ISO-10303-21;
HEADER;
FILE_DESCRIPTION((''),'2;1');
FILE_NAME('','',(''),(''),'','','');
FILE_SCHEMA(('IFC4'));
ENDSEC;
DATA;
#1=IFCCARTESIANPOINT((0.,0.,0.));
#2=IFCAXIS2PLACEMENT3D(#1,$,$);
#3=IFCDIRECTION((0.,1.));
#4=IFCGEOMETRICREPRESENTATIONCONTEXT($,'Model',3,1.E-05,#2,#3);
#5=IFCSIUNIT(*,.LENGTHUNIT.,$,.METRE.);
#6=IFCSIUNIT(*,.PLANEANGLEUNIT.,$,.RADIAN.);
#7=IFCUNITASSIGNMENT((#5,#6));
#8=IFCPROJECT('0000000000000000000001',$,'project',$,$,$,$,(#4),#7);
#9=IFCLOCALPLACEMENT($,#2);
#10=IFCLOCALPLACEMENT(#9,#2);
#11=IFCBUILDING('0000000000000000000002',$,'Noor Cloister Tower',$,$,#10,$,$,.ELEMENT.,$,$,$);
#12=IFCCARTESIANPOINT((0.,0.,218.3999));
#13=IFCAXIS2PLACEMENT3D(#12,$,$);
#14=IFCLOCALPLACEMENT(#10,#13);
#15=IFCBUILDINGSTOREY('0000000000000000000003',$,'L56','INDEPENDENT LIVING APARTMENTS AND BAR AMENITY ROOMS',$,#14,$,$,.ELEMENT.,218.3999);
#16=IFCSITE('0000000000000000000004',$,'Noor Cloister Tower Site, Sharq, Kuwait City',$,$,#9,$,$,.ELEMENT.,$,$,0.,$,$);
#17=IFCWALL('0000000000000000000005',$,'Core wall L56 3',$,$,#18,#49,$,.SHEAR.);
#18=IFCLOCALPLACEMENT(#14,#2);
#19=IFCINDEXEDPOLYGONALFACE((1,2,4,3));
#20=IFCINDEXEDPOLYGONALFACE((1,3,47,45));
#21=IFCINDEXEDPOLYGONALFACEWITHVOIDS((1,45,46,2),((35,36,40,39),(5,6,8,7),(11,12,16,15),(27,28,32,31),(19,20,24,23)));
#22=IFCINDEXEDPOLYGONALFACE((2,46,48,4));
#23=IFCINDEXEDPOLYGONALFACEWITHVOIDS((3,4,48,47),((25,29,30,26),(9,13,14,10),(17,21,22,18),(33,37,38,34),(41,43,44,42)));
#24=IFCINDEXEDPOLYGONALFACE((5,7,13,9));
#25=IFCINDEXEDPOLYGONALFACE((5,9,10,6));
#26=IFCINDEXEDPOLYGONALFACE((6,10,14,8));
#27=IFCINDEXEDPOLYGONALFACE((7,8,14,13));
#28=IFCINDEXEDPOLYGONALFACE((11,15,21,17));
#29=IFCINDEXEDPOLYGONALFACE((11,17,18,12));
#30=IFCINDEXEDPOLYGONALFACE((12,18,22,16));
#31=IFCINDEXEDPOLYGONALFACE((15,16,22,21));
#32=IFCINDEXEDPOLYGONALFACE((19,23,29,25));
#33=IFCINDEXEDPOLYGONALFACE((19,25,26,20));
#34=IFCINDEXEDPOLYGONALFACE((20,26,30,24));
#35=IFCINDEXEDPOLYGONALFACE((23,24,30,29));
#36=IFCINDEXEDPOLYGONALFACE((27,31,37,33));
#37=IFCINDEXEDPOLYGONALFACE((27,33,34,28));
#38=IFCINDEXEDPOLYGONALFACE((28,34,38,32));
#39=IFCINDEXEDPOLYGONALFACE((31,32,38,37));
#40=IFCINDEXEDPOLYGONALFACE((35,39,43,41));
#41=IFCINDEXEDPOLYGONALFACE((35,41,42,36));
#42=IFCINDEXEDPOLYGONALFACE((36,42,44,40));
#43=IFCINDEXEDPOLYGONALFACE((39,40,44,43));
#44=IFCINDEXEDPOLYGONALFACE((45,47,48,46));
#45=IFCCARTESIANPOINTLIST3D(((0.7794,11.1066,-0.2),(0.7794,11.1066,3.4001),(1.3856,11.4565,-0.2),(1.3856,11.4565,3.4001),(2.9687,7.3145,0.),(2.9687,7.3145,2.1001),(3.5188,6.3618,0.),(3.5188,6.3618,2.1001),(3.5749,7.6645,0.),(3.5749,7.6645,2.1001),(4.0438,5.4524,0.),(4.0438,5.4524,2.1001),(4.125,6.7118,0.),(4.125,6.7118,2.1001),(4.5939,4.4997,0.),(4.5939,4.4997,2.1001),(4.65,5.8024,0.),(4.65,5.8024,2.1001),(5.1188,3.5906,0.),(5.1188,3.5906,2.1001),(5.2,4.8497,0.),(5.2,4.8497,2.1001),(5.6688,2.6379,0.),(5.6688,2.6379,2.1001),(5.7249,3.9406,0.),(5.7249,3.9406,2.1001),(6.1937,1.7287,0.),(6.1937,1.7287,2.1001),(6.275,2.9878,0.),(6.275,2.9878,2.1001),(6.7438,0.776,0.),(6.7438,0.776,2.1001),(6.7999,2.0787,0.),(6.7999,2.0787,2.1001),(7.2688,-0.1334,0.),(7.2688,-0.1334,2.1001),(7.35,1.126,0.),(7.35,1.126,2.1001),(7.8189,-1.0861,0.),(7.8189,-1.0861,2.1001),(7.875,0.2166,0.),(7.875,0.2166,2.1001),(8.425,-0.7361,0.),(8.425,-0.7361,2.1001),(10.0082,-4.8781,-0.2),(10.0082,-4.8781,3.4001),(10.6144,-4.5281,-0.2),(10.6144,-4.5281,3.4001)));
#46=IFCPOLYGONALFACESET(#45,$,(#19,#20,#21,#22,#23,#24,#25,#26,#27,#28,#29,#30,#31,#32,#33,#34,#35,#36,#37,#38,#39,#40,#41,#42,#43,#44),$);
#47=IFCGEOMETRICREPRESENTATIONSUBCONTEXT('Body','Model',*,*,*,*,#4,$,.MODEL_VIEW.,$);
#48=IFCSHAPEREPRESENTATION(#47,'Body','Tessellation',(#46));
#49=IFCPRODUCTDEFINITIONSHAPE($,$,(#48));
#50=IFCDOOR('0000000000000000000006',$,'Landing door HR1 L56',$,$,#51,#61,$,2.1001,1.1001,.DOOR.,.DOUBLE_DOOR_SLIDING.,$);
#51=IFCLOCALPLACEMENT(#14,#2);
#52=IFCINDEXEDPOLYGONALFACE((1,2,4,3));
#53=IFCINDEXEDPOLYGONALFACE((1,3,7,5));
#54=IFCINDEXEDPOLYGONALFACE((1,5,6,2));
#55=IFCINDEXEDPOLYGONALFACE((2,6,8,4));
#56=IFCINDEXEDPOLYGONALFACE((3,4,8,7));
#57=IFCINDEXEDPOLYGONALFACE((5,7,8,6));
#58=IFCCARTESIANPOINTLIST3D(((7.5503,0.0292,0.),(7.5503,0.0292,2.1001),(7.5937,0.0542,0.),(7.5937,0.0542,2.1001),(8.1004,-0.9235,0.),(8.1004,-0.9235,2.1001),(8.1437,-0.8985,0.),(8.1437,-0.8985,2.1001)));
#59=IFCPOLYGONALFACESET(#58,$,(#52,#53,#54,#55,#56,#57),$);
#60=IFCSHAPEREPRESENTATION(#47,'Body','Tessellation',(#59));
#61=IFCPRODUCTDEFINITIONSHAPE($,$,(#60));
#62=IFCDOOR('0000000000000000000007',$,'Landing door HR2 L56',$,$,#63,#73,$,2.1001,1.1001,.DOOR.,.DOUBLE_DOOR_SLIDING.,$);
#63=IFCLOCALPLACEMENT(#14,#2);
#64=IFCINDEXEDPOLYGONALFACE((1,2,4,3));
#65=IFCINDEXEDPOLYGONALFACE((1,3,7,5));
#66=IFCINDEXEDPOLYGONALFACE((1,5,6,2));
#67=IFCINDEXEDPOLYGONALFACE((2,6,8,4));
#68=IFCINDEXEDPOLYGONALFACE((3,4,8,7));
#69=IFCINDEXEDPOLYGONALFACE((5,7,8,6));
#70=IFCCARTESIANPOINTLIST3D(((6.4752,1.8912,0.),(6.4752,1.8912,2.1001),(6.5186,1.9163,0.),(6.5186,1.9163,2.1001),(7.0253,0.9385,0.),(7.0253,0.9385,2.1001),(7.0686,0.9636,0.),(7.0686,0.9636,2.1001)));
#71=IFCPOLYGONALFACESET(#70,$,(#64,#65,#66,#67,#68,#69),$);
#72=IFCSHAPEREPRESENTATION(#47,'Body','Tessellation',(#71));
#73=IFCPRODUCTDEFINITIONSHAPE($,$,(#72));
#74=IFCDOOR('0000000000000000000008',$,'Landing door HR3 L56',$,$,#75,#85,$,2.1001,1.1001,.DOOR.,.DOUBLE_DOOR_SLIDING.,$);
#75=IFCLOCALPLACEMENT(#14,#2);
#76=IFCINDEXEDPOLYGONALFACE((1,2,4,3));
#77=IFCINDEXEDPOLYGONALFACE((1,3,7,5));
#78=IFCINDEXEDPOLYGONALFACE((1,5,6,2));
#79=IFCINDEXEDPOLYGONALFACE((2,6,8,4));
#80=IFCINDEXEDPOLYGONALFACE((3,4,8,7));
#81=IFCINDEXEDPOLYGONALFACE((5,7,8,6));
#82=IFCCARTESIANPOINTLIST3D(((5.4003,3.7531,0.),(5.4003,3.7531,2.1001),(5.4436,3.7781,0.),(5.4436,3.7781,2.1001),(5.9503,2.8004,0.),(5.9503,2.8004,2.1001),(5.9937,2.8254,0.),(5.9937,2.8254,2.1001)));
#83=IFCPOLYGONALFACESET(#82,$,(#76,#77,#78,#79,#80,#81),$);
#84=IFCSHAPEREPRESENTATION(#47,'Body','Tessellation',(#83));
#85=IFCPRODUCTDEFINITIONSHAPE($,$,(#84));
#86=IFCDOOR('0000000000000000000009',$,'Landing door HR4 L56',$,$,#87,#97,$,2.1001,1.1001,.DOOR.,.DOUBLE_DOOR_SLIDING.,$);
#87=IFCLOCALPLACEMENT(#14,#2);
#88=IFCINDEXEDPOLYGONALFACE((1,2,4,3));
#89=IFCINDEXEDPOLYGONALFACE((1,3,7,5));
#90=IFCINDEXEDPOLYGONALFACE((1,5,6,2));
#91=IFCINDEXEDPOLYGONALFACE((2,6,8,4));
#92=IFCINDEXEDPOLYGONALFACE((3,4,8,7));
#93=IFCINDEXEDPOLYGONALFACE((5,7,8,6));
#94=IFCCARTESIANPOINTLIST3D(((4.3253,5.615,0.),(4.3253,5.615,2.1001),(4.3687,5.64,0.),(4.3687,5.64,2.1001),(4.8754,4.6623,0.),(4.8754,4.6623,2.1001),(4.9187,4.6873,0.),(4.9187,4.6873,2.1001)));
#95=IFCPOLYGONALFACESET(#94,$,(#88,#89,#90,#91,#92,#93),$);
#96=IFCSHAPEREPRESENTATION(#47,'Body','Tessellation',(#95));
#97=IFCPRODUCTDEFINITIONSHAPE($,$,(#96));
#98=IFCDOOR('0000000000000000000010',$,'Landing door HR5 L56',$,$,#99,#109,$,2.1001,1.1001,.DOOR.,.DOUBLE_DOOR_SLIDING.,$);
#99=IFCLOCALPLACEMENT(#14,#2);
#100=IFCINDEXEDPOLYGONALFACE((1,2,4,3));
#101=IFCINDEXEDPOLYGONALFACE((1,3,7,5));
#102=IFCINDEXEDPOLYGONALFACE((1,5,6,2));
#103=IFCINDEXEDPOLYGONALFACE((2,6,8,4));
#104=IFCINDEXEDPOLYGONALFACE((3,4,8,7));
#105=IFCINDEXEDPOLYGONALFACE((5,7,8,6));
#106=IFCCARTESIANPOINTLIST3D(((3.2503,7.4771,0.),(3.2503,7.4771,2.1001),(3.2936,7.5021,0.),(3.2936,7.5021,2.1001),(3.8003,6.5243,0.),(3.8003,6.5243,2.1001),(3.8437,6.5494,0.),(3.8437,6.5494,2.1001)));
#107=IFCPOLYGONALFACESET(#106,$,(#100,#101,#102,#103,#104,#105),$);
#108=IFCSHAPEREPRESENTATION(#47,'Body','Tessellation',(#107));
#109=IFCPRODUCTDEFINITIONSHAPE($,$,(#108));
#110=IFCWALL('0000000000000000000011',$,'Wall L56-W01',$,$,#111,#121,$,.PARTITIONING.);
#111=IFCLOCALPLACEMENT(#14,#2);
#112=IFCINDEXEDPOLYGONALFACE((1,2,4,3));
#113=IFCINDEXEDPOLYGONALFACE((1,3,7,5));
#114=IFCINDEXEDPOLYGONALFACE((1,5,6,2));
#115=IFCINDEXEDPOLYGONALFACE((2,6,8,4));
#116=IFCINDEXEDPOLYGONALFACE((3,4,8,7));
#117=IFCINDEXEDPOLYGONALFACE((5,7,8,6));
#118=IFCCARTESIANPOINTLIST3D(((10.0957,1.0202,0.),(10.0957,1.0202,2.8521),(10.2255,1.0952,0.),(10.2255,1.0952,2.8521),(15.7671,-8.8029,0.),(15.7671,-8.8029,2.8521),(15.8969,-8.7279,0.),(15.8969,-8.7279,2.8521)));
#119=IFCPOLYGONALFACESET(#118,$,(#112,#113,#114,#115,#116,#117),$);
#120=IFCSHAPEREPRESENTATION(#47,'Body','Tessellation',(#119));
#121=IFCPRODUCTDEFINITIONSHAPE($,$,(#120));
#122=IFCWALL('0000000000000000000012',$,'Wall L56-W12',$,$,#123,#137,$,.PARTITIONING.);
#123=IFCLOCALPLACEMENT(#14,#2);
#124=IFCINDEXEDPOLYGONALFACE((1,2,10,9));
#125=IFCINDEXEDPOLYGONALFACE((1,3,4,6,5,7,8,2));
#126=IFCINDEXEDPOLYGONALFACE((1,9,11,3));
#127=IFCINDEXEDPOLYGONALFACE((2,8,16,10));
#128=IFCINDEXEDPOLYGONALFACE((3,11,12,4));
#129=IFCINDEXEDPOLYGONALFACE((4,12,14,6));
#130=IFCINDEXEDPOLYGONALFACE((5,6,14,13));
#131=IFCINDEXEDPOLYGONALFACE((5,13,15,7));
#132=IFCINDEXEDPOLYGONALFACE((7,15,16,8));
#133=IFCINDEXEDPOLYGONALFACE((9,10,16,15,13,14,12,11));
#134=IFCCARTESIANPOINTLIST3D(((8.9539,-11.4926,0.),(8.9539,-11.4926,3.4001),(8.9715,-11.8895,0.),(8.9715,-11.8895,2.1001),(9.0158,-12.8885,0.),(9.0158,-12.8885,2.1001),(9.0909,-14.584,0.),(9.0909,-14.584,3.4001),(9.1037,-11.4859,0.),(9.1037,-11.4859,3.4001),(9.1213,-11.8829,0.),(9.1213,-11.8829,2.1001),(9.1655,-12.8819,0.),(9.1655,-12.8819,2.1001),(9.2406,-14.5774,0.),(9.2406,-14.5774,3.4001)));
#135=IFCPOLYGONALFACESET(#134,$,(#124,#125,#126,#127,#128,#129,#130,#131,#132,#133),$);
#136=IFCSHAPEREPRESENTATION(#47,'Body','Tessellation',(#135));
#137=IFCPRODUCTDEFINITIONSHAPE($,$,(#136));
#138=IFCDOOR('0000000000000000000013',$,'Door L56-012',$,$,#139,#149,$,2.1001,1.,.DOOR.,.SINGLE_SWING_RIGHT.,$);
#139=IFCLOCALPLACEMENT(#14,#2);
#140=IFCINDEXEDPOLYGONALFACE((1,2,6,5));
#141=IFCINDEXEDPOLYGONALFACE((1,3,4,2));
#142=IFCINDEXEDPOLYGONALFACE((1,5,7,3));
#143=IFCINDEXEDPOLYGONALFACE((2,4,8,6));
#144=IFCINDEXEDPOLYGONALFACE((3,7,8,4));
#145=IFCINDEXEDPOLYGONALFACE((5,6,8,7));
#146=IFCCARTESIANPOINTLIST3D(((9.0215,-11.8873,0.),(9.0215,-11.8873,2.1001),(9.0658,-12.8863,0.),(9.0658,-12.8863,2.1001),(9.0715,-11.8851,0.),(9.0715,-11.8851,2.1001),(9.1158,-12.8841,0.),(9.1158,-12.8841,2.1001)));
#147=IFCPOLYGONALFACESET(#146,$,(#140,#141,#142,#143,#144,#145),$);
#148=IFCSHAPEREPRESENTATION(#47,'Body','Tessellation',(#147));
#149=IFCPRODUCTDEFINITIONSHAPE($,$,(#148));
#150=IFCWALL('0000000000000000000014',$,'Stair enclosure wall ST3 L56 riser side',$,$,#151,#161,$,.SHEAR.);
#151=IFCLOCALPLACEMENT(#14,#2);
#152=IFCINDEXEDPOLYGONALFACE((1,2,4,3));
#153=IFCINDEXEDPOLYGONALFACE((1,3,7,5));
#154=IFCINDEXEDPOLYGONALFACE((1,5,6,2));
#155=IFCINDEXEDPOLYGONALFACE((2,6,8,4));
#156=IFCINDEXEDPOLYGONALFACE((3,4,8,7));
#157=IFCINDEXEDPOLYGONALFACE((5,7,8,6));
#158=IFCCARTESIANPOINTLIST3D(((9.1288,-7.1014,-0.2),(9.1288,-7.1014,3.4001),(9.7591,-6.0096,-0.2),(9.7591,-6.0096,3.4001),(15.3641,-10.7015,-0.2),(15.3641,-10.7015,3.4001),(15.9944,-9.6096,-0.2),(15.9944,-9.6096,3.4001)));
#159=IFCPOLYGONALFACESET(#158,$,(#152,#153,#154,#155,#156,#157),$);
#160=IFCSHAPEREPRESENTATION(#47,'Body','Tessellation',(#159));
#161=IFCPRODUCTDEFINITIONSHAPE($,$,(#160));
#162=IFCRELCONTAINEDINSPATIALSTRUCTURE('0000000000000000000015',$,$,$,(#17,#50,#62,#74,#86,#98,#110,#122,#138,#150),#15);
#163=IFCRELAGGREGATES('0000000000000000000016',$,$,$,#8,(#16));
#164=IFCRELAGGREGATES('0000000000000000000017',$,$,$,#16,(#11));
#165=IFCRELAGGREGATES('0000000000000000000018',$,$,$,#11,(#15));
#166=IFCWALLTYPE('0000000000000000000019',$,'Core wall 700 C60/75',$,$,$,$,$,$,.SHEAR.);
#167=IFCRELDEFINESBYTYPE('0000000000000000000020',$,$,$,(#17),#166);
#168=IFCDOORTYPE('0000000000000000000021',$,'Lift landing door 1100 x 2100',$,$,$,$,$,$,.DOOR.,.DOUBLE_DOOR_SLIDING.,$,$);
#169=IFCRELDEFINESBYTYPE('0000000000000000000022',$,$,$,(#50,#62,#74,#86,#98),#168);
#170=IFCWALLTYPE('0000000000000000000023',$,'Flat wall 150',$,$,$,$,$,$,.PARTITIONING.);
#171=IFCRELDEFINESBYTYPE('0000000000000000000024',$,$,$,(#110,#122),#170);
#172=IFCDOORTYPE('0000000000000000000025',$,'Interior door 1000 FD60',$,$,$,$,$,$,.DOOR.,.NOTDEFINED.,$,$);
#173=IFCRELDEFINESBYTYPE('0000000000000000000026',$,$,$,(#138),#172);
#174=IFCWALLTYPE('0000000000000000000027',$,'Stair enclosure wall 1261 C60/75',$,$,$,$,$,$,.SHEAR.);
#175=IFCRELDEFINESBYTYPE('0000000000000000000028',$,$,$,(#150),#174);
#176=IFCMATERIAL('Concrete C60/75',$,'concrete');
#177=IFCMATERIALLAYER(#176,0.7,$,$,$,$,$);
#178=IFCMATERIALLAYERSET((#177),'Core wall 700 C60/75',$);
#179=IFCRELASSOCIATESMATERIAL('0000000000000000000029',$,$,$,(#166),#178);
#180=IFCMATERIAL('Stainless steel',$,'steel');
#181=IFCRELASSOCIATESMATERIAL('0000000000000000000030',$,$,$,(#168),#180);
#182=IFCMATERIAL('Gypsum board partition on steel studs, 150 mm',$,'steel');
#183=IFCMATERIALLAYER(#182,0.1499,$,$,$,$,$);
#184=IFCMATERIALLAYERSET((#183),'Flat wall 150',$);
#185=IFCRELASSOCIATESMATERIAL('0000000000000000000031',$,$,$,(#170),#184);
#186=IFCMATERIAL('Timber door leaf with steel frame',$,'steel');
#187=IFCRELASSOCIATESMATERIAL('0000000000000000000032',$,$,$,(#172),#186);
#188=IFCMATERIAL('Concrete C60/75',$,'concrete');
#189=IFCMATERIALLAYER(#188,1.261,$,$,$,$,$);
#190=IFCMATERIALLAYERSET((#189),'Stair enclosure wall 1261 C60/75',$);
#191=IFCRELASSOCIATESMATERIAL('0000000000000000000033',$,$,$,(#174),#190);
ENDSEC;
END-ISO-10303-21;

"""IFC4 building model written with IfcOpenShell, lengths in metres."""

from ifc_helpers import new_model, si_unit, direction, frame, frame_2d, origin, place, context, subcontext, project, spatial, rectangle, extrude, material, layer, layer_set, type_object, element, fill, save


model = new_model("IFC4")

# Units and contexts
model_context = context("Model", 3, precision=1e-05, world=origin(), true_north=direction((0.0, 1.0)))
body_context = subcontext(model_context, "Body", "Model", "MODEL_VIEW")
ifc_project = project(units=[si_unit("LENGTHUNIT", "METRE"), si_unit("PLANEANGLEUNIT", "RADIAN")], contexts=[model_context])

# Site, building, storey
site_placement = place(None, origin())
site = spatial("IfcSite", under=ifc_project, at=site_placement, Name="Noor Cloister Tower Site, Sharq, Kuwait City", CompositionType="ELEMENT", RefElevation=0.0)
building_placement = place(site_placement, origin())
building = spatial("IfcBuilding", under=site, at=building_placement, Name="Noor Cloister Tower", CompositionType="ELEMENT")
storey_placement = place(building_placement, frame((0.0, 0.0, 218.3999)))
storey = spatial("IfcBuildingStorey", under=building, at=storey_placement, Name="L56", Description="INDEPENDENT LIVING APARTMENTS AND BAR AMENITY ROOMS", CompositionType="ELEMENT", Elevation=218.3999)

# Wall, openings, doors
ifc_material_1 = material(Name="Concrete C60/75", Category="concrete")
ifc_layer_1 = layer(ifc_material_1, 0.7)
ifc_layer_set_1 = layer_set([ifc_layer_1], Name="Core wall 700 C60/75")
wall_type_1 = type_object("IfcWallType", Name="Core wall 700 C60/75", PredefinedType="SHEAR", material=ifc_layer_set_1)
wall_1_placement = place(storey_placement, frame((10.3113, -4.7031, -0.2), z_axis=(0.0, 0.0, 1.0), x_axis=(-0.500001, 0.866025, 0.0)))
wall_1 = element("IfcWall", 1, at=wall_1_placement, inside=storey, type_object=wall_type_1, Name="Core wall L56 3", PredefinedType="SHEAR", context=body_context, shape_type="SweptSolid", body=[
    extrude(rectangle(XDim=18.4575, YDim=0.7, at=frame_2d((9.2288, 0.0))), origin(), (0.0, 0.0, 1.0), 3.6001),
])
opening_1_placement = place(wall_1_placement, frame((4.3787, 0.0, 0.2)))
opening_1 = element("IfcOpeningElement", 2, at=opening_1_placement, cuts=wall_1, PredefinedType="OPENING", context=body_context, shape_type="SweptSolid", body=[
    extrude(rectangle(XDim=1.1001, YDim=2.1001, at=frame_2d((0.55, 1.05))), frame((0.0, 0.3599, 0.0), z_axis=(0.0, -1.0, 0.0), x_axis=(1.0, 0.0, 0.0)), (0.0, 0.0, 1.0), 0.72),
])
opening_2_placement = place(wall_1_placement, frame((6.5288, 0.0, 0.2)))
opening_2 = element("IfcOpeningElement", 3, at=opening_2_placement, cuts=wall_1, PredefinedType="OPENING", context=body_context, shape_type="SweptSolid", body=[
    extrude(rectangle(XDim=1.1001, YDim=2.1001, at=frame_2d((0.55, 1.05))), frame((0.0, 0.3599, 0.0), z_axis=(0.0, -1.0, 0.0), x_axis=(1.0, 0.0, 0.0)), (0.0, 0.0, 1.0), 0.72),
])
opening_3_placement = place(wall_1_placement, frame((8.6787, 0.0, 0.2)))
opening_3 = element("IfcOpeningElement", 4, at=opening_3_placement, cuts=wall_1, PredefinedType="OPENING", context=body_context, shape_type="SweptSolid", body=[
    extrude(rectangle(XDim=1.1001, YDim=2.1001, at=frame_2d((0.55, 1.05))), frame((0.0, 0.3599, 0.0), z_axis=(0.0, -1.0, 0.0), x_axis=(1.0, 0.0, 0.0)), (0.0, 0.0, 1.0), 0.72),
])
opening_4_placement = place(wall_1_placement, frame((10.8286, 0.0, 0.2)))
opening_4 = element("IfcOpeningElement", 5, at=opening_4_placement, cuts=wall_1, PredefinedType="OPENING", context=body_context, shape_type="SweptSolid", body=[
    extrude(rectangle(XDim=1.1001, YDim=2.1001, at=frame_2d((0.55, 1.05))), frame((0.0, 0.3599, 0.0), z_axis=(0.0, -1.0, 0.0), x_axis=(1.0, 0.0, 0.0)), (0.0, 0.0, 1.0), 0.72),
])
opening_5_placement = place(wall_1_placement, frame((12.9788, 0.0, 0.2)))
opening_5 = element("IfcOpeningElement", 6, at=opening_5_placement, cuts=wall_1, PredefinedType="OPENING", context=body_context, shape_type="SweptSolid", body=[
    extrude(rectangle(XDim=1.1001, YDim=2.1001, at=frame_2d((0.55, 1.05))), frame((0.0, 0.3599, 0.0), z_axis=(0.0, -1.0, 0.0), x_axis=(1.0, 0.0, 0.0)), (0.0, 0.0, 1.0), 0.72),
])
ifc_material_2 = material(Name="Stainless steel", Category="steel")
door_type_1 = type_object("IfcDoorType", Name="Lift landing door 1100 x 2100", OperationType="DOUBLE_DOOR_SLIDING", PredefinedType="DOOR", material=ifc_material_2)
door_1_placement = place(opening_1_placement, origin())
door_1 = element("IfcDoor", 7, at=door_1_placement, inside=storey, type_object=door_type_1, Name="Landing door HR1 L56", OperationType="DOUBLE_DOOR_SLIDING", OverallHeight=2.1001, OverallWidth=1.1001, PredefinedType="DOOR", context=body_context, shape_type="SweptSolid", body=[
    extrude(rectangle(XDim=1.1001, YDim=2.1001, at=frame_2d((0.55, 1.05))), frame((0.0, 0.0249, 0.0), z_axis=(0.0, -1.0, 0.0), x_axis=(1.0, 0.0, 0.0)), (0.0, 0.0, 1.0), 0.05),
])
fill(opening_1, door_1)
door_2_placement = place(opening_2_placement, origin())
door_2 = element("IfcDoor", 8, at=door_2_placement, inside=storey, type_object=door_type_1, Name="Landing door HR2 L56", OperationType="DOUBLE_DOOR_SLIDING", OverallHeight=2.1001, OverallWidth=1.1001, PredefinedType="DOOR", context=body_context, shape_type="SweptSolid", body=[
    extrude(rectangle(XDim=1.1001, YDim=2.1001, at=frame_2d((0.55, 1.05))), frame((0.0, 0.0249, 0.0), z_axis=(0.0, -1.0, 0.0), x_axis=(1.0, 0.0, 0.0)), (0.0, 0.0, 1.0), 0.05),
])
fill(opening_2, door_2)
door_3_placement = place(opening_3_placement, origin())
door_3 = element("IfcDoor", 9, at=door_3_placement, inside=storey, type_object=door_type_1, Name="Landing door HR3 L56", OperationType="DOUBLE_DOOR_SLIDING", OverallHeight=2.1001, OverallWidth=1.1001, PredefinedType="DOOR", context=body_context, shape_type="SweptSolid", body=[
    extrude(rectangle(XDim=1.1001, YDim=2.1001, at=frame_2d((0.55, 1.05))), frame((0.0, 0.0249, 0.0), z_axis=(0.0, -1.0, 0.0), x_axis=(1.0, 0.0, 0.0)), (0.0, 0.0, 1.0), 0.05),
])
fill(opening_3, door_3)
door_4_placement = place(opening_4_placement, origin())
door_4 = element("IfcDoor", 10, at=door_4_placement, inside=storey, type_object=door_type_1, Name="Landing door HR4 L56", OperationType="DOUBLE_DOOR_SLIDING", OverallHeight=2.1001, OverallWidth=1.1001, PredefinedType="DOOR", context=body_context, shape_type="SweptSolid", body=[
    extrude(rectangle(XDim=1.1001, YDim=2.1001, at=frame_2d((0.55, 1.05))), frame((0.0, 0.0249, 0.0), z_axis=(0.0, -1.0, 0.0), x_axis=(1.0, 0.0, 0.0)), (0.0, 0.0, 1.0), 0.05),
])
fill(opening_4, door_4)
door_5_placement = place(opening_5_placement, origin())
door_5 = element("IfcDoor", 11, at=door_5_placement, inside=storey, type_object=door_type_1, Name="Landing door HR5 L56", OperationType="DOUBLE_DOOR_SLIDING", OverallHeight=2.1001, OverallWidth=1.1001, PredefinedType="DOOR", context=body_context, shape_type="SweptSolid", body=[
    extrude(rectangle(XDim=1.1001, YDim=2.1001, at=frame_2d((0.55, 1.05))), frame((0.0, 0.0249, 0.0), z_axis=(0.0, -1.0, 0.0), x_axis=(1.0, 0.0, 0.0)), (0.0, 0.0, 1.0), 0.05),
])
fill(opening_5, door_5)

# Wall
ifc_material_3 = material(Name="Gypsum board partition on steel studs, 150 mm", Category="steel")
ifc_layer_2 = layer(ifc_material_3, 0.1499)
ifc_layer_set_2 = layer_set([ifc_layer_2], Name="Flat wall 150")
wall_type_2 = type_object("IfcWallType", Name="Flat wall 150", PredefinedType="PARTITIONING", material=ifc_layer_set_2)
wall_2_placement = place(storey_placement, frame((15.832, -8.7654, 0.0), z_axis=(0.0, 0.0, 1.0), x_axis=(-0.500005, 0.866022, 0.0)))
element("IfcWall", 12, at=wall_2_placement, inside=storey, type_object=wall_type_2, Name="Wall L56-W01", PredefinedType="PARTITIONING", context=body_context, shape_type="SweptSolid", body=[
    extrude(rectangle(XDim=11.3428, YDim=0.1499, at=frame_2d((5.6714, 0.0))), origin(), (0.0, 0.0, 1.0), 2.8521),
])

# Wall, opening, door
wall_3_placement = place(storey_placement, frame((9.1658, -14.5808, 0.0), z_axis=(0.0, 0.0, 1.0), x_axis=(-0.044259, 0.99902, 0.0)))
wall_3 = element("IfcWall", 13, at=wall_3_placement, inside=storey, type_object=wall_type_2, Name="Wall L56-W12", PredefinedType="PARTITIONING", context=body_context, shape_type="SweptSolid", body=[
    extrude(rectangle(XDim=3.0945, YDim=0.1499, at=frame_2d((1.5474, 0.0))), origin(), (0.0, 0.0, 1.0), 3.4001),
])
opening_6_placement = place(wall_3_placement, frame((1.6973, 0.0, 0.0)))
opening_6 = element("IfcOpeningElement", 14, at=opening_6_placement, cuts=wall_3, PredefinedType="OPENING", context=body_context, shape_type="SweptSolid", body=[
    extrude(rectangle(XDim=1.0, YDim=2.1001, at=frame_2d((0.5, 1.05))), frame((0.0, 0.085, 0.0), z_axis=(0.0, -1.0, 0.0), x_axis=(1.0, 0.0, 0.0)), (0.0, 0.0, 1.0), 0.1699),
])
ifc_material_4 = material(Name="Timber door leaf with steel frame", Category="steel")
door_type_2 = type_object("IfcDoorType", Name="Interior door 1000 FD60", OperationType="NOTDEFINED", PredefinedType="DOOR", material=ifc_material_4)
door_6_placement = place(opening_6_placement, origin())
door_6 = element("IfcDoor", 15, at=door_6_placement, inside=storey, type_object=door_type_2, Name="Door L56-012", OperationType="SINGLE_SWING_RIGHT", OverallHeight=2.1001, OverallWidth=1.0, PredefinedType="DOOR", context=body_context, shape_type="SweptSolid", body=[
    extrude(rectangle(XDim=1.0, YDim=2.1001, at=frame_2d((0.5, 1.05))), frame((0.0, 0.0249, 0.0), z_axis=(0.0, -1.0, 0.0), x_axis=(1.0, 0.0, 0.0)), (0.0, 0.0, 1.0), 0.05),
])
fill(opening_6, door_6)

# Wall
ifc_material_5 = material(Name="Concrete C60/75", Category="concrete")
ifc_layer_3 = layer(ifc_material_5, 1.261)
ifc_layer_set_3 = layer_set([ifc_layer_3], Name="Stair enclosure wall 1261 C60/75")
wall_type_3 = type_object("IfcWallType", Name="Stair enclosure wall 1261 C60/75", PredefinedType="SHEAR", material=ifc_layer_set_3)
wall_4_placement = place(storey_placement, frame((9.4438, -6.5554, -0.2), z_axis=(0.0, 0.0, 1.0), x_axis=(0.866018, -0.500012, 0.0)))
element("IfcWall", 16, at=wall_4_placement, inside=storey, type_object=wall_type_3, Name="Stair enclosure wall ST3 L56 riser side", PredefinedType="SHEAR", context=body_context, shape_type="SweptSolid", body=[
    extrude(rectangle(XDim=7.2, YDim=1.2607, at=frame_2d((3.6001, 0.0))), origin(), (0.0, 0.0, 1.0), 3.6001),
])

save(model, "model.ifc")
